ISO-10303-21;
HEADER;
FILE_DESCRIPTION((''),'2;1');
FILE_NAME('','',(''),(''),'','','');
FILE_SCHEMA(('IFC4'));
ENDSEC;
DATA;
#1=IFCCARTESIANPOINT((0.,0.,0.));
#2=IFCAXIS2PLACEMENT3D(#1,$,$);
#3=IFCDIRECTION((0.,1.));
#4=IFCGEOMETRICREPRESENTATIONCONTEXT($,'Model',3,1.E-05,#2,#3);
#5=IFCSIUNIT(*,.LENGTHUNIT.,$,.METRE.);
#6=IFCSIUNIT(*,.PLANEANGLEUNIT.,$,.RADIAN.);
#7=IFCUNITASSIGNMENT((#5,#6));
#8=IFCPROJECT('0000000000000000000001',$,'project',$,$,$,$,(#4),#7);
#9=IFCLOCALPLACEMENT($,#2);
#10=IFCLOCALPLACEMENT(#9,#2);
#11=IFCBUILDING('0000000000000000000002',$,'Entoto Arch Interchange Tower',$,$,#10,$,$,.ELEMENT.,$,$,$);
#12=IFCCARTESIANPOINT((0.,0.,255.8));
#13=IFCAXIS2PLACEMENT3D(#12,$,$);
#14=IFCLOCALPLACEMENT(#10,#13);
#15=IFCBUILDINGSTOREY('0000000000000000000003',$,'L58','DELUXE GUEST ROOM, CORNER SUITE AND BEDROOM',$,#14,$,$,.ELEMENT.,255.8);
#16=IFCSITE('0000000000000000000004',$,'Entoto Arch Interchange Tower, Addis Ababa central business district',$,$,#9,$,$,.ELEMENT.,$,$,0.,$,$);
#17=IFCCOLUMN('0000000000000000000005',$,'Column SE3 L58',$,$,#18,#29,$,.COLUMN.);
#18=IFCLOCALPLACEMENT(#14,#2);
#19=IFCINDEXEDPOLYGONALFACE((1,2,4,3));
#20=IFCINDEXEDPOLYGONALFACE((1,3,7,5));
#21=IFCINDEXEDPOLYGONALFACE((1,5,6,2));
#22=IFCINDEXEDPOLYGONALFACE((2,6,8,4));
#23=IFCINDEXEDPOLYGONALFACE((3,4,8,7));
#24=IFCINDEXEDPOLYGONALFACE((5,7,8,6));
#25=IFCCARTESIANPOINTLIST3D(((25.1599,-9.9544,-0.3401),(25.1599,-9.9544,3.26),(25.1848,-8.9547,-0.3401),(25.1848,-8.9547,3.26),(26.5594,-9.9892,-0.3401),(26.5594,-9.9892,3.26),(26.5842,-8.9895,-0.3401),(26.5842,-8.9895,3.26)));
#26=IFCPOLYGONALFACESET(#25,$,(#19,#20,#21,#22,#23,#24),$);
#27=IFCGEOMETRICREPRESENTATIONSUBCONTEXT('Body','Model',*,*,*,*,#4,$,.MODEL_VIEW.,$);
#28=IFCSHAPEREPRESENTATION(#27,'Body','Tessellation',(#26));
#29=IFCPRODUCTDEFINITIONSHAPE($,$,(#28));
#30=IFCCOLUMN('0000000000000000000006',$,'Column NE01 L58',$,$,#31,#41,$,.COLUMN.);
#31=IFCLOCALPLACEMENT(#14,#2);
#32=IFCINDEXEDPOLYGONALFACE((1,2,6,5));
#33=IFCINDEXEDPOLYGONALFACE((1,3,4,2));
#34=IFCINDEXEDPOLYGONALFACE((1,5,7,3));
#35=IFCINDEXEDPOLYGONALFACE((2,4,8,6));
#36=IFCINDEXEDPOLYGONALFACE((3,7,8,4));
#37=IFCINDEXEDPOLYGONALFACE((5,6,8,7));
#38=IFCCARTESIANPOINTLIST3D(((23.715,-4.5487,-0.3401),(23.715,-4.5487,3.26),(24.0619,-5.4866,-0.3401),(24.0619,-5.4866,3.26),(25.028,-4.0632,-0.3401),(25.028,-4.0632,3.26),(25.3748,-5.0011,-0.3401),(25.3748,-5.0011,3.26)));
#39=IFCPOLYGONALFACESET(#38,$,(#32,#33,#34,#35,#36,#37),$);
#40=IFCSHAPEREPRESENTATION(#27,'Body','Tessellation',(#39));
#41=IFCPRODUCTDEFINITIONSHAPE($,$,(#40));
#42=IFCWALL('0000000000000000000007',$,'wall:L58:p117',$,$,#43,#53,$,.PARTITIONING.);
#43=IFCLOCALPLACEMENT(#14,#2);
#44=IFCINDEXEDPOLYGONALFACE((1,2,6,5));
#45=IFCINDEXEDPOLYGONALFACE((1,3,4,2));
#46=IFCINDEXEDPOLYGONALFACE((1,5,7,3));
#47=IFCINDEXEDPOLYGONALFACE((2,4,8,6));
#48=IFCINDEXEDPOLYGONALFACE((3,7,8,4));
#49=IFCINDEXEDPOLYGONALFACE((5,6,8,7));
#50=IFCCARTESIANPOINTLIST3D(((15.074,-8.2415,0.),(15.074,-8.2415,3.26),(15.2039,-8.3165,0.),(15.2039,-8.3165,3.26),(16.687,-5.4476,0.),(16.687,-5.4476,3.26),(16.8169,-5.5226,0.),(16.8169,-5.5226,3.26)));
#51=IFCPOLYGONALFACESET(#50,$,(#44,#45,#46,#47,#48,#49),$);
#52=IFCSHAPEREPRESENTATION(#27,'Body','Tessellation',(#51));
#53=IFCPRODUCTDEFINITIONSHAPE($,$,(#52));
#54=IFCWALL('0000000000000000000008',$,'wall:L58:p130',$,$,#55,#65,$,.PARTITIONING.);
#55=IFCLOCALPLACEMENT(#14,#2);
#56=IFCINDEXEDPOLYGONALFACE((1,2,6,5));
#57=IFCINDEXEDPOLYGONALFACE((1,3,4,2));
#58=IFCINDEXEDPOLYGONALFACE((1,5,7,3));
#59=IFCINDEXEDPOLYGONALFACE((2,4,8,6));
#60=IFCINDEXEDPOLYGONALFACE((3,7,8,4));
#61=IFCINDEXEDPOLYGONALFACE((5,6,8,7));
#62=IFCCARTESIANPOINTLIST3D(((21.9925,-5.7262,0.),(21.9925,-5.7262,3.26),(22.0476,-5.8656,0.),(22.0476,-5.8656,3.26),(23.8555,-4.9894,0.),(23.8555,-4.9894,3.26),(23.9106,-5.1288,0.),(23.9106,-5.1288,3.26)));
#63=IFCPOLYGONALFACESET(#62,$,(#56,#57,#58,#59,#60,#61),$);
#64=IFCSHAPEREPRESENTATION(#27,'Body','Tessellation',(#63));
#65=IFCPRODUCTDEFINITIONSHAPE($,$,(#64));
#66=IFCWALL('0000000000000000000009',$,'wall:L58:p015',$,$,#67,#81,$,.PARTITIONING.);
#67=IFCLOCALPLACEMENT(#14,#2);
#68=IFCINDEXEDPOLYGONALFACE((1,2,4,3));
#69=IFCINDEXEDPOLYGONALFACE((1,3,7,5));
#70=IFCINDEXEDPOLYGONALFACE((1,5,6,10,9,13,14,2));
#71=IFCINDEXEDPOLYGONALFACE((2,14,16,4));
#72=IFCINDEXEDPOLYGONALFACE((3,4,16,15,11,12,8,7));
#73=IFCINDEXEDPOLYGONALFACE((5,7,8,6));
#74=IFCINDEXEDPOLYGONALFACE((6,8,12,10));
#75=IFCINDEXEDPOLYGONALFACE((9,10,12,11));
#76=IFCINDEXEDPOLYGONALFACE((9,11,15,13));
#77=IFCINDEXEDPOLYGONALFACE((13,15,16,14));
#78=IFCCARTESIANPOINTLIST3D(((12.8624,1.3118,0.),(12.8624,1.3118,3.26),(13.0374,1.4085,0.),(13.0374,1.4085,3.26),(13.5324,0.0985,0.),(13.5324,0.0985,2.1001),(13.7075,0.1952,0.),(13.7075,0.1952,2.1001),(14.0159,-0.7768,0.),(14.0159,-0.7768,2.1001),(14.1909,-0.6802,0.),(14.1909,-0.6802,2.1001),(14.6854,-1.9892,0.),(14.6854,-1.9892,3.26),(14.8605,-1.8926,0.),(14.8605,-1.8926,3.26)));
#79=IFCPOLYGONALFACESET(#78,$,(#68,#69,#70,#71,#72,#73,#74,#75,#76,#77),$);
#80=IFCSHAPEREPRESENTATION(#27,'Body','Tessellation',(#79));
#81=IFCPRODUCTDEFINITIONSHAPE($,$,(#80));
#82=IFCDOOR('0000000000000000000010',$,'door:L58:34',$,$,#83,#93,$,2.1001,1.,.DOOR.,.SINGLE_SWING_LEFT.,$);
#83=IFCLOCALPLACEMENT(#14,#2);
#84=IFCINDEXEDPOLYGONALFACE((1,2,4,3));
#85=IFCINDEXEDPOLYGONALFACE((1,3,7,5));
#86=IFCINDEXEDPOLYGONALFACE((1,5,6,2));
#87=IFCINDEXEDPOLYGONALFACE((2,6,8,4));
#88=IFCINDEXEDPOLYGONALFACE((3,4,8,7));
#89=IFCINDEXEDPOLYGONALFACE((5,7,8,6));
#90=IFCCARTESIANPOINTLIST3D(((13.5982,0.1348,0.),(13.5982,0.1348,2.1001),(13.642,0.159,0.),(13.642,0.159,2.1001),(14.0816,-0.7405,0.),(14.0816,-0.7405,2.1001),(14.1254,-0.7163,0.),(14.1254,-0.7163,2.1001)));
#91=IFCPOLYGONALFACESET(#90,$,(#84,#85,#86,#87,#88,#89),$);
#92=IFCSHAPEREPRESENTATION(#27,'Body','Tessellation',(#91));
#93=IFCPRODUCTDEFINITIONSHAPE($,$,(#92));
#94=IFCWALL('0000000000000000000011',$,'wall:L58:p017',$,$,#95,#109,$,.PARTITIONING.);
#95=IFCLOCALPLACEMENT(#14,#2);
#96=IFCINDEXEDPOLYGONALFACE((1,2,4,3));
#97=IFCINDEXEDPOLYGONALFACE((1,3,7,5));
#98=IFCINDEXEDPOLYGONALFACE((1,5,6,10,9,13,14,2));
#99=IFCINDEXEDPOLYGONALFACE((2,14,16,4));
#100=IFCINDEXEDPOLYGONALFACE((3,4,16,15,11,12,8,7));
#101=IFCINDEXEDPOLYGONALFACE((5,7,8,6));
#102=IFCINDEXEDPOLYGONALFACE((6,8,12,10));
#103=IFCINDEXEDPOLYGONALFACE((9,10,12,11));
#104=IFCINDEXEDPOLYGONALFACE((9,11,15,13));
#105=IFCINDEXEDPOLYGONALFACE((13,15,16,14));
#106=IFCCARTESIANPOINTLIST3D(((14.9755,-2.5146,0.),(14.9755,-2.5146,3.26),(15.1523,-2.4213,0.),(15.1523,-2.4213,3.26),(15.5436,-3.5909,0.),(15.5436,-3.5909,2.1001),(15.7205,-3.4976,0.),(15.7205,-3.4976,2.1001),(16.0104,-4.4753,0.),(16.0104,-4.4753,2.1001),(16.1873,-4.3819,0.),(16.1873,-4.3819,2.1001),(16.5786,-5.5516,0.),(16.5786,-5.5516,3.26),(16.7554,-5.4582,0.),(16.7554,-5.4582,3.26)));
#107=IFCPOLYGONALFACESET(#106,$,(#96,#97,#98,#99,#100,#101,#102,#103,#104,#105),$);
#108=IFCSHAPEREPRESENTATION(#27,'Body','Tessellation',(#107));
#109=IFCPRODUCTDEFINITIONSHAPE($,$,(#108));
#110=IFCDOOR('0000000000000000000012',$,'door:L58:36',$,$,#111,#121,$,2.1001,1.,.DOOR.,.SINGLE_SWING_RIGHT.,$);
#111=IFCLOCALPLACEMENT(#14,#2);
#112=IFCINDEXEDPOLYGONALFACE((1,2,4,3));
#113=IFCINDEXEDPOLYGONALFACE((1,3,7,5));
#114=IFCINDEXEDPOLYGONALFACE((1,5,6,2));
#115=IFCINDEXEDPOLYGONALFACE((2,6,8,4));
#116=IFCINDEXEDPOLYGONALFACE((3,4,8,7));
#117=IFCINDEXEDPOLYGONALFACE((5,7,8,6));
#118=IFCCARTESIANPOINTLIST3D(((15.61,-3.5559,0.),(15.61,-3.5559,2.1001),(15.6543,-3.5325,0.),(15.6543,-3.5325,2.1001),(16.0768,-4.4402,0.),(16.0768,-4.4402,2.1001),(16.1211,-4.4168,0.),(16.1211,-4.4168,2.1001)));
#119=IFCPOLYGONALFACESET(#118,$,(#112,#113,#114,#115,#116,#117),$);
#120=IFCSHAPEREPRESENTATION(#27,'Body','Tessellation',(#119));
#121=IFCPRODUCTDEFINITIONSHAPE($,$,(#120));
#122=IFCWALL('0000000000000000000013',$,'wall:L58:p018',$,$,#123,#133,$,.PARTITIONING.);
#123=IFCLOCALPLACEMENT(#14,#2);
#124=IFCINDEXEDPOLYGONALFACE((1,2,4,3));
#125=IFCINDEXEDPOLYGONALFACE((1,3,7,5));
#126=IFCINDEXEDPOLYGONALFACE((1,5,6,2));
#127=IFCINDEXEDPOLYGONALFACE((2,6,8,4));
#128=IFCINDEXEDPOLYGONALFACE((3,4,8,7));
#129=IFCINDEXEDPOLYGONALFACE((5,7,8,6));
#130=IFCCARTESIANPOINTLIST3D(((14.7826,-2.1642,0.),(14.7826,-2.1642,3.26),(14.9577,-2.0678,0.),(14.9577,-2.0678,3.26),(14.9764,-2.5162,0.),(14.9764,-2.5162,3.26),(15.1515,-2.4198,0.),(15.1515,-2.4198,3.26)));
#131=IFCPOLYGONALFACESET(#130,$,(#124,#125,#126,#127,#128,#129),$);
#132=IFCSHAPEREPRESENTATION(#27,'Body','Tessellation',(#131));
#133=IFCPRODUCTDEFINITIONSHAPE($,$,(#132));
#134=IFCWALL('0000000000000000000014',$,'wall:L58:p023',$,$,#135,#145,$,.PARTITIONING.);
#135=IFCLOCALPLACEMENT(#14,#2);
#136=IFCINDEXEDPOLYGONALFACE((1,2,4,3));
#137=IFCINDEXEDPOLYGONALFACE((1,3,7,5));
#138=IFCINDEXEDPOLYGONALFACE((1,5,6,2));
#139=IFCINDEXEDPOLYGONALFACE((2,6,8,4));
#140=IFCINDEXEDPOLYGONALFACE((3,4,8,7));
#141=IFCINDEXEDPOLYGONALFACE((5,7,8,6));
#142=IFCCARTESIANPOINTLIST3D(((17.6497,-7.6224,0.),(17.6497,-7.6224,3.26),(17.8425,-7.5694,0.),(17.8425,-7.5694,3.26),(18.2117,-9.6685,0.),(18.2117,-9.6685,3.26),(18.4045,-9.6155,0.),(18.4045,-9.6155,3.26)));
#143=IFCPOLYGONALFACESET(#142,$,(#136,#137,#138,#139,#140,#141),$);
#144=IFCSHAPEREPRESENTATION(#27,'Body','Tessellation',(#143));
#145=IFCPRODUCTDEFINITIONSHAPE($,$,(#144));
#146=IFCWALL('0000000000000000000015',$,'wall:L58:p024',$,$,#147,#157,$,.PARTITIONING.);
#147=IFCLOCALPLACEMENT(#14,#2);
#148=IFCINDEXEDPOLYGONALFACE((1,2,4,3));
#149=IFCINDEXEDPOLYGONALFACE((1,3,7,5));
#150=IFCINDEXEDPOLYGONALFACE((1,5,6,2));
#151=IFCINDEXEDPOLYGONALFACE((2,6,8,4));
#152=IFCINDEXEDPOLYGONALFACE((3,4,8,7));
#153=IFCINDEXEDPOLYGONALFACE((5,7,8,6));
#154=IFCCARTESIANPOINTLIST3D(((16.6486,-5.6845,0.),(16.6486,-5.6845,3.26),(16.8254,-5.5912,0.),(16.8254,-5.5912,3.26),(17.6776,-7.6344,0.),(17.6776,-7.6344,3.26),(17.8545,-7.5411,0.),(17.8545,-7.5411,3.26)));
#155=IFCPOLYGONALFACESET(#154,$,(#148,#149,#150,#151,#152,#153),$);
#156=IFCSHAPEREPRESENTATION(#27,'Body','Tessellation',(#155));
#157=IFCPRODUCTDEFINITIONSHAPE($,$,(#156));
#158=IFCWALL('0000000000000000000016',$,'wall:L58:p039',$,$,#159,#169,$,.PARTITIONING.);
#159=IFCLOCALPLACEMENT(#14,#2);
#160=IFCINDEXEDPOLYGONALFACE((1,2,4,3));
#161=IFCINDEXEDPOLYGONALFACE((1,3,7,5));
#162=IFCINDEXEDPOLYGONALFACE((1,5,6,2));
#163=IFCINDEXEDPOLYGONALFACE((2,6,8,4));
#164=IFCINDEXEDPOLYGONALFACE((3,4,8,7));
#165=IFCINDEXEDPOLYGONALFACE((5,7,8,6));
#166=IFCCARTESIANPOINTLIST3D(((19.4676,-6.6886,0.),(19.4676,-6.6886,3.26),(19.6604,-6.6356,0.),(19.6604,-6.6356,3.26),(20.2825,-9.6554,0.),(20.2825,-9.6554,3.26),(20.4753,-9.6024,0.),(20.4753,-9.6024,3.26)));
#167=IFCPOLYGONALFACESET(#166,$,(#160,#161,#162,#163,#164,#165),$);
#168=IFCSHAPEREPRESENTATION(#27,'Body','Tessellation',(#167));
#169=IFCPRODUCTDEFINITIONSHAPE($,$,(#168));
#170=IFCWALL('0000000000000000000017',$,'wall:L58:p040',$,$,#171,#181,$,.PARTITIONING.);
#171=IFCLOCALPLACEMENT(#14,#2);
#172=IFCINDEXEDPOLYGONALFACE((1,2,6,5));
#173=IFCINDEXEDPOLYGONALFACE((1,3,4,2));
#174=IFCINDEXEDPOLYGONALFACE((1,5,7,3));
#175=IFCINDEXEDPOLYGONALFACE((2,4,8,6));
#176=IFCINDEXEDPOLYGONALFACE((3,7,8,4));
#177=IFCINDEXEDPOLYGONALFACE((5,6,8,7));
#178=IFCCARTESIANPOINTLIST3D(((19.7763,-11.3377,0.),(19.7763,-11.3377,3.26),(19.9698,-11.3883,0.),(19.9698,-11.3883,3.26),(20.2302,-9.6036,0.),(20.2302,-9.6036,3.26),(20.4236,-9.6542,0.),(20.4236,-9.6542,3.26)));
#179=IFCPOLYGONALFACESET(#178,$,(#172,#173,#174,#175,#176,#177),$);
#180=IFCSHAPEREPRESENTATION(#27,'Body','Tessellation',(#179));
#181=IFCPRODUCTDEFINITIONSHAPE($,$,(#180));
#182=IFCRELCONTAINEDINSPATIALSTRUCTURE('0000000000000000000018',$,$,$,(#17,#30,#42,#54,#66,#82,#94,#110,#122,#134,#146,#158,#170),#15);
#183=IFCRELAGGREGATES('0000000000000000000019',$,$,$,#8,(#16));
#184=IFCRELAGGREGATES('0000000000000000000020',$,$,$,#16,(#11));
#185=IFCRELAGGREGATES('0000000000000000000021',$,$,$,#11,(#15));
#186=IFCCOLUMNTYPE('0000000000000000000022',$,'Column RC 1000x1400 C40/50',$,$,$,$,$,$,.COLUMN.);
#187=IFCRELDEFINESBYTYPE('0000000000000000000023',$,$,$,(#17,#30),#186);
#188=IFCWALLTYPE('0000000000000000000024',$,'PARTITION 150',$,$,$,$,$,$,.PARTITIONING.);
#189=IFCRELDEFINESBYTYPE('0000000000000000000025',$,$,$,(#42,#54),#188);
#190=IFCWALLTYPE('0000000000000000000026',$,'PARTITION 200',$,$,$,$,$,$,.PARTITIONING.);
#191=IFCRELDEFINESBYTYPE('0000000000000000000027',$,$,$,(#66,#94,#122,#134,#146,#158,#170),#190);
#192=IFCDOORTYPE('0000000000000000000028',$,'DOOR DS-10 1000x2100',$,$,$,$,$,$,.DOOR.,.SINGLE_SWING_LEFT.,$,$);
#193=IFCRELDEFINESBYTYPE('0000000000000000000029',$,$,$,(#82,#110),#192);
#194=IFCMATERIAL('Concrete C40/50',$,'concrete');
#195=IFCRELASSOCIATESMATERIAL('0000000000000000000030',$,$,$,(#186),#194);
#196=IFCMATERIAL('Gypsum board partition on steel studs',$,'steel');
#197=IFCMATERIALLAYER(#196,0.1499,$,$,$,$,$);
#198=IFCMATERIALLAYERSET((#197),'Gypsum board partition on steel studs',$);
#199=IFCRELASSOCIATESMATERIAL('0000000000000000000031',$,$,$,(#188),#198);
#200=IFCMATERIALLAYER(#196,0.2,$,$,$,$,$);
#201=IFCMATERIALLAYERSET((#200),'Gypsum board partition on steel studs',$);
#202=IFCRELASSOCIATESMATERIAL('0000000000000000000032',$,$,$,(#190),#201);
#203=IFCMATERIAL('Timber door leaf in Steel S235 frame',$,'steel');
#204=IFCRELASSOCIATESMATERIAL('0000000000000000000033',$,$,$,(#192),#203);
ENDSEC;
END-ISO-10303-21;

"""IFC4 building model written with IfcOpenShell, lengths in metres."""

from ifc_helpers import new_model, si_unit, direction, frame, frame_2d, origin, origin_2d, place, context, subcontext, project, spatial, rectangle, extrude, material, layer, layer_set, material_profile, profile_set, type_object, element, fill, save


model = new_model("IFC4")

# Units and contexts
model_context = context("Model", 3, precision=1e-05, world=origin(), true_north=direction((0.0, 1.0)))
body_context = subcontext(model_context, "Body", "Model", "MODEL_VIEW")
ifc_project = project(units=[si_unit("LENGTHUNIT", "METRE"), si_unit("PLANEANGLEUNIT", "RADIAN")], contexts=[model_context])

# Site, building, storey
site_placement = place(None, origin())
site = spatial("IfcSite", under=ifc_project, at=site_placement, Name="Entoto Arch Interchange Tower, Addis Ababa central business district", CompositionType="ELEMENT", RefElevation=0.0)
building_placement = place(site_placement, origin())
building = spatial("IfcBuilding", under=site, at=building_placement, Name="Entoto Arch Interchange Tower", CompositionType="ELEMENT")
storey_placement = place(building_placement, frame((0.0, 0.0, 255.8)))
storey = spatial("IfcBuildingStorey", under=building, at=storey_placement, Name="L58", Description="DELUXE GUEST ROOM, CORNER SUITE AND BEDROOM", CompositionType="ELEMENT", Elevation=255.8)

# Columns
ifc_material_1 = material(Name="Concrete C40/50", Category="concrete")
ifc_material_profile = material_profile(ifc_material_1, rectangle(XDim=1.0, YDim=1.3999, at=origin_2d()))
ifc_profile_set = profile_set([ifc_material_profile], Name="Concrete C40/50")
column_type = type_object("IfcColumnType", Name="Column RC 1000x1400 C40/50", PredefinedType="COLUMN", material=ifc_profile_set)
for number, where, z_axis, x_axis, name in (
    (1, (25.8721, -9.4719, -0.3401), (0.0, 0.0, 1.0), (0.024833, 0.999692, 0.0), "Column SE3 L58"),
    (2, (24.5449, -4.7749, -0.3401), (0.0, 0.0, 1.0), (-0.346854, 0.937919, 0.0), "Column NE01 L58"),
):
    element("IfcColumn", number, at=place(storey_placement, frame(where, z_axis=z_axis, x_axis=x_axis)), inside=storey, type_object=column_type, Name=name, PredefinedType="COLUMN", context=body_context, shape_type="SweptSolid", body=[
        extrude(rectangle(XDim=1.0, YDim=1.3999, at=origin_2d()), origin(), (0.0, 0.0, 1.0), 3.6001),
    ])

# Walls
ifc_material_2 = material(Name="Gypsum board partition on steel studs", Category="steel")
ifc_layer_1 = layer(ifc_material_2, 0.1499)
ifc_layer_set_1 = layer_set([ifc_layer_1], Name="Gypsum board partition on steel studs")
wall_type_1 = type_object("IfcWallType", Name="PARTITION 150", PredefinedType="PARTITIONING", material=ifc_layer_set_1)
wall_1_placement = place(storey_placement, frame((16.752, -5.4851, 0.0), z_axis=(0.0, 0.0, 1.0), x_axis=(-0.499989, -0.866032, 0.0)))
element("IfcWall", 3, at=wall_1_placement, inside=storey, type_object=wall_type_1, Name="wall:L58:p117", PredefinedType="PARTITIONING", context=body_context, shape_type="SweptSolid", body=[
    extrude(rectangle(XDim=3.2261, YDim=0.1499, at=frame_2d((1.613, 0.0))), origin(), (0.0, 0.0, 1.0), 3.26),
])
wall_2_placement = place(storey_placement, frame((22.02, -5.7959, 0.0), z_axis=(0.0, 0.0, 1.0), x_axis=(0.929915, 0.367774, 0.0)))
element("IfcWall", 4, at=wall_2_placement, inside=storey, type_object=wall_type_1, Name="wall:L58:p130", PredefinedType="PARTITIONING", context=body_context, shape_type="SweptSolid", body=[
    extrude(rectangle(XDim=2.0034, YDim=0.1499, at=frame_2d((1.0017, 0.0))), origin(), (0.0, 0.0, 1.0), 3.26),
])

# Walls, openings, doors
ifc_layer_2 = layer(ifc_material_2, 0.2)
ifc_layer_set_2 = layer_set([ifc_layer_2], Name="Gypsum board partition on steel studs")
wall_type_2 = type_object("IfcWallType", Name="PARTITION 200", PredefinedType="PARTITIONING", material=ifc_layer_set_2)
wall_3_placement = place(storey_placement, frame((14.7729, -1.9409, 0.0), z_axis=(0.0, 0.0, 1.0), x_axis=(-0.483432, 0.875382, 0.0)))
wall_3 = element("IfcWall", 5, at=wall_3_placement, inside=storey, type_object=wall_type_2, Name="wall:L58:p015", PredefinedType="PARTITIONING", context=body_context, shape_type="SweptSolid", body=[
    extrude(rectangle(XDim=3.771, YDim=0.2, at=frame_2d((1.8855, 0.0))), origin(), (0.0, 0.0, 1.0), 3.26),
])
opening_1_placement = place(wall_3_placement, frame((1.385, 0.0, 0.0)))
opening_1 = element("IfcOpeningElement", 6, at=opening_1_placement, cuts=wall_3, PredefinedType="OPENING", context=body_context, shape_type="SweptSolid", body=[
    extrude(rectangle(XDim=1.0, YDim=2.1001, at=frame_2d((0.5, 1.05))), frame((0.0, 0.1099, 0.0), z_axis=(0.0, -1.0, 0.0), x_axis=(1.0, 0.0, 0.0)), (0.0, 0.0, 1.0), 0.22),
])
ifc_material_3 = material(Name="Timber door leaf in Steel S235 frame", Category="steel")
door_type_1 = type_object("IfcDoorType", Name="DOOR DS-10 1000x2100", OperationType="SINGLE_SWING_LEFT", PredefinedType="DOOR", material=ifc_material_3)
door_1_placement = place(opening_1_placement, origin())
door_1 = element("IfcDoor", 7, at=door_1_placement, inside=storey, type_object=door_type_1, Name="door:L58:34", OperationType="SINGLE_SWING_LEFT", OverallHeight=2.1001, OverallWidth=1.0, PredefinedType="DOOR", context=body_context, shape_type="SweptSolid", body=[
    extrude(rectangle(XDim=1.0, YDim=2.1001, at=frame_2d((0.5, 1.05))), frame((0.0, 0.0249, 0.0), z_axis=(0.0, -1.0, 0.0), x_axis=(1.0, 0.0, 0.0)), (0.0, 0.0, 1.0), 0.05),
])
fill(opening_1, door_1)
wall_4_placement = place(storey_placement, frame((16.667, -5.5049, 0.0), z_axis=(0.0, 0.0, 1.0), x_axis=(-0.466813, 0.884356, 0.0)))
wall_4 = element("IfcWall", 8, at=wall_4_placement, inside=storey, type_object=wall_type_2, Name="wall:L58:p017", PredefinedType="PARTITIONING", context=body_context, shape_type="SweptSolid", body=[
    extrude(rectangle(XDim=3.4341, YDim=0.2, at=frame_2d((1.717, 0.0))), origin(), (0.0, 0.0, 1.0), 3.26),
])
opening_2_placement = place(wall_4_placement, frame((1.217, 0.0, 0.0)))
opening_2 = element("IfcOpeningElement", 9, at=opening_2_placement, cuts=wall_4, PredefinedType="OPENING", context=body_context, shape_type="SweptSolid", body=[
    extrude(rectangle(XDim=1.0, YDim=2.1001, at=frame_2d((0.5, 1.05))), frame((0.0, 0.1099, 0.0), z_axis=(0.0, -1.0, 0.0), x_axis=(1.0, 0.0, 0.0)), (0.0, 0.0, 1.0), 0.22),
])
door_2_placement = place(opening_2_placement, origin())
door_2 = element("IfcDoor", 10, at=door_2_placement, inside=storey, type_object=door_type_1, Name="door:L58:36", OperationType="SINGLE_SWING_RIGHT", OverallHeight=2.1001, OverallWidth=1.0, PredefinedType="DOOR", context=body_context, shape_type="SweptSolid", body=[
    extrude(rectangle(XDim=1.0, YDim=2.1001, at=frame_2d((0.5, 1.05))), frame((0.0, 0.0249, 0.0), z_axis=(0.0, -1.0, 0.0), x_axis=(1.0, 0.0, 0.0)), (0.0, 0.0, 1.0), 0.05),
])
fill(opening_2, door_2)

# Walls
wall_5_placement = place(storey_placement, frame((15.064, -2.468, 0.0), z_axis=(0.0, 0.0, 1.0), x_axis=(-0.482338, 0.875985, 0.0)))
element("IfcWall", 11, at=wall_5_placement, inside=storey, type_object=wall_type_2, Name="wall:L58:p018", PredefinedType="PARTITIONING", context=body_context, shape_type="SweptSolid", body=[
    extrude(rectangle(XDim=0.4019, YDim=0.2, at=frame_2d((0.2009, 0.0))), origin(), (0.0, 0.0, 1.0), 3.26),
])
wall_6_placement = place(storey_placement, frame((18.3081, -9.6421, 0.0), z_axis=(0.0, 0.0, 1.0), x_axis=(-0.26486, 0.964287, 0.0)))
element("IfcWall", 12, at=wall_6_placement, inside=storey, type_object=wall_type_2, Name="wall:L58:p023", PredefinedType="PARTITIONING", context=body_context, shape_type="SweptSolid", body=[
    extrude(rectangle(XDim=2.1218, YDim=0.2, at=frame_2d((1.061, 0.0))), origin(), (0.0, 0.0, 1.0), 3.26),
])
wall_7_placement = place(storey_placement, frame((17.7661, -7.5879, 0.0), z_axis=(0.0, 0.0, 1.0), x_axis=(-0.466727, 0.884401, 0.0)))
element("IfcWall", 13, at=wall_7_placement, inside=storey, type_object=wall_type_2, Name="wall:L58:p024", PredefinedType="PARTITIONING", context=body_context, shape_type="SweptSolid", body=[
    extrude(rectangle(XDim=2.2048, YDim=0.2, at=frame_2d((1.1025, 0.0))), origin(), (0.0, 0.0, 1.0), 3.26),
])
wall_8_placement = place(storey_placement, frame((19.564, -6.6621, 0.0), z_axis=(0.0, 0.0, 1.0), x_axis=(0.264876, -0.964282, 0.0)))
element("IfcWall", 14, at=wall_8_placement, inside=storey, type_object=wall_type_2, Name="wall:L58:p039", PredefinedType="PARTITIONING", context=body_context, shape_type="SweptSolid", body=[
    extrude(rectangle(XDim=3.0767, YDim=0.2, at=frame_2d((1.5383, 0.0))), origin(), (0.0, 0.0, 1.0), 3.26),
])
wall_9_placement = place(storey_placement, frame((20.3269, -9.6289, 0.0), z_axis=(0.0, 0.0, 1.0), x_axis=(-0.253192, -0.967416, 0.0)))
element("IfcWall", 15, at=wall_9_placement, inside=storey, type_object=wall_type_2, Name="wall:L58:p040", PredefinedType="PARTITIONING", context=body_context, shape_type="SweptSolid", body=[
    extrude(rectangle(XDim=1.7925, YDim=0.2, at=frame_2d((0.8962, 0.0))), origin(), (0.0, 0.0, 1.0), 3.26),
])

save(model, "model.ifc")
